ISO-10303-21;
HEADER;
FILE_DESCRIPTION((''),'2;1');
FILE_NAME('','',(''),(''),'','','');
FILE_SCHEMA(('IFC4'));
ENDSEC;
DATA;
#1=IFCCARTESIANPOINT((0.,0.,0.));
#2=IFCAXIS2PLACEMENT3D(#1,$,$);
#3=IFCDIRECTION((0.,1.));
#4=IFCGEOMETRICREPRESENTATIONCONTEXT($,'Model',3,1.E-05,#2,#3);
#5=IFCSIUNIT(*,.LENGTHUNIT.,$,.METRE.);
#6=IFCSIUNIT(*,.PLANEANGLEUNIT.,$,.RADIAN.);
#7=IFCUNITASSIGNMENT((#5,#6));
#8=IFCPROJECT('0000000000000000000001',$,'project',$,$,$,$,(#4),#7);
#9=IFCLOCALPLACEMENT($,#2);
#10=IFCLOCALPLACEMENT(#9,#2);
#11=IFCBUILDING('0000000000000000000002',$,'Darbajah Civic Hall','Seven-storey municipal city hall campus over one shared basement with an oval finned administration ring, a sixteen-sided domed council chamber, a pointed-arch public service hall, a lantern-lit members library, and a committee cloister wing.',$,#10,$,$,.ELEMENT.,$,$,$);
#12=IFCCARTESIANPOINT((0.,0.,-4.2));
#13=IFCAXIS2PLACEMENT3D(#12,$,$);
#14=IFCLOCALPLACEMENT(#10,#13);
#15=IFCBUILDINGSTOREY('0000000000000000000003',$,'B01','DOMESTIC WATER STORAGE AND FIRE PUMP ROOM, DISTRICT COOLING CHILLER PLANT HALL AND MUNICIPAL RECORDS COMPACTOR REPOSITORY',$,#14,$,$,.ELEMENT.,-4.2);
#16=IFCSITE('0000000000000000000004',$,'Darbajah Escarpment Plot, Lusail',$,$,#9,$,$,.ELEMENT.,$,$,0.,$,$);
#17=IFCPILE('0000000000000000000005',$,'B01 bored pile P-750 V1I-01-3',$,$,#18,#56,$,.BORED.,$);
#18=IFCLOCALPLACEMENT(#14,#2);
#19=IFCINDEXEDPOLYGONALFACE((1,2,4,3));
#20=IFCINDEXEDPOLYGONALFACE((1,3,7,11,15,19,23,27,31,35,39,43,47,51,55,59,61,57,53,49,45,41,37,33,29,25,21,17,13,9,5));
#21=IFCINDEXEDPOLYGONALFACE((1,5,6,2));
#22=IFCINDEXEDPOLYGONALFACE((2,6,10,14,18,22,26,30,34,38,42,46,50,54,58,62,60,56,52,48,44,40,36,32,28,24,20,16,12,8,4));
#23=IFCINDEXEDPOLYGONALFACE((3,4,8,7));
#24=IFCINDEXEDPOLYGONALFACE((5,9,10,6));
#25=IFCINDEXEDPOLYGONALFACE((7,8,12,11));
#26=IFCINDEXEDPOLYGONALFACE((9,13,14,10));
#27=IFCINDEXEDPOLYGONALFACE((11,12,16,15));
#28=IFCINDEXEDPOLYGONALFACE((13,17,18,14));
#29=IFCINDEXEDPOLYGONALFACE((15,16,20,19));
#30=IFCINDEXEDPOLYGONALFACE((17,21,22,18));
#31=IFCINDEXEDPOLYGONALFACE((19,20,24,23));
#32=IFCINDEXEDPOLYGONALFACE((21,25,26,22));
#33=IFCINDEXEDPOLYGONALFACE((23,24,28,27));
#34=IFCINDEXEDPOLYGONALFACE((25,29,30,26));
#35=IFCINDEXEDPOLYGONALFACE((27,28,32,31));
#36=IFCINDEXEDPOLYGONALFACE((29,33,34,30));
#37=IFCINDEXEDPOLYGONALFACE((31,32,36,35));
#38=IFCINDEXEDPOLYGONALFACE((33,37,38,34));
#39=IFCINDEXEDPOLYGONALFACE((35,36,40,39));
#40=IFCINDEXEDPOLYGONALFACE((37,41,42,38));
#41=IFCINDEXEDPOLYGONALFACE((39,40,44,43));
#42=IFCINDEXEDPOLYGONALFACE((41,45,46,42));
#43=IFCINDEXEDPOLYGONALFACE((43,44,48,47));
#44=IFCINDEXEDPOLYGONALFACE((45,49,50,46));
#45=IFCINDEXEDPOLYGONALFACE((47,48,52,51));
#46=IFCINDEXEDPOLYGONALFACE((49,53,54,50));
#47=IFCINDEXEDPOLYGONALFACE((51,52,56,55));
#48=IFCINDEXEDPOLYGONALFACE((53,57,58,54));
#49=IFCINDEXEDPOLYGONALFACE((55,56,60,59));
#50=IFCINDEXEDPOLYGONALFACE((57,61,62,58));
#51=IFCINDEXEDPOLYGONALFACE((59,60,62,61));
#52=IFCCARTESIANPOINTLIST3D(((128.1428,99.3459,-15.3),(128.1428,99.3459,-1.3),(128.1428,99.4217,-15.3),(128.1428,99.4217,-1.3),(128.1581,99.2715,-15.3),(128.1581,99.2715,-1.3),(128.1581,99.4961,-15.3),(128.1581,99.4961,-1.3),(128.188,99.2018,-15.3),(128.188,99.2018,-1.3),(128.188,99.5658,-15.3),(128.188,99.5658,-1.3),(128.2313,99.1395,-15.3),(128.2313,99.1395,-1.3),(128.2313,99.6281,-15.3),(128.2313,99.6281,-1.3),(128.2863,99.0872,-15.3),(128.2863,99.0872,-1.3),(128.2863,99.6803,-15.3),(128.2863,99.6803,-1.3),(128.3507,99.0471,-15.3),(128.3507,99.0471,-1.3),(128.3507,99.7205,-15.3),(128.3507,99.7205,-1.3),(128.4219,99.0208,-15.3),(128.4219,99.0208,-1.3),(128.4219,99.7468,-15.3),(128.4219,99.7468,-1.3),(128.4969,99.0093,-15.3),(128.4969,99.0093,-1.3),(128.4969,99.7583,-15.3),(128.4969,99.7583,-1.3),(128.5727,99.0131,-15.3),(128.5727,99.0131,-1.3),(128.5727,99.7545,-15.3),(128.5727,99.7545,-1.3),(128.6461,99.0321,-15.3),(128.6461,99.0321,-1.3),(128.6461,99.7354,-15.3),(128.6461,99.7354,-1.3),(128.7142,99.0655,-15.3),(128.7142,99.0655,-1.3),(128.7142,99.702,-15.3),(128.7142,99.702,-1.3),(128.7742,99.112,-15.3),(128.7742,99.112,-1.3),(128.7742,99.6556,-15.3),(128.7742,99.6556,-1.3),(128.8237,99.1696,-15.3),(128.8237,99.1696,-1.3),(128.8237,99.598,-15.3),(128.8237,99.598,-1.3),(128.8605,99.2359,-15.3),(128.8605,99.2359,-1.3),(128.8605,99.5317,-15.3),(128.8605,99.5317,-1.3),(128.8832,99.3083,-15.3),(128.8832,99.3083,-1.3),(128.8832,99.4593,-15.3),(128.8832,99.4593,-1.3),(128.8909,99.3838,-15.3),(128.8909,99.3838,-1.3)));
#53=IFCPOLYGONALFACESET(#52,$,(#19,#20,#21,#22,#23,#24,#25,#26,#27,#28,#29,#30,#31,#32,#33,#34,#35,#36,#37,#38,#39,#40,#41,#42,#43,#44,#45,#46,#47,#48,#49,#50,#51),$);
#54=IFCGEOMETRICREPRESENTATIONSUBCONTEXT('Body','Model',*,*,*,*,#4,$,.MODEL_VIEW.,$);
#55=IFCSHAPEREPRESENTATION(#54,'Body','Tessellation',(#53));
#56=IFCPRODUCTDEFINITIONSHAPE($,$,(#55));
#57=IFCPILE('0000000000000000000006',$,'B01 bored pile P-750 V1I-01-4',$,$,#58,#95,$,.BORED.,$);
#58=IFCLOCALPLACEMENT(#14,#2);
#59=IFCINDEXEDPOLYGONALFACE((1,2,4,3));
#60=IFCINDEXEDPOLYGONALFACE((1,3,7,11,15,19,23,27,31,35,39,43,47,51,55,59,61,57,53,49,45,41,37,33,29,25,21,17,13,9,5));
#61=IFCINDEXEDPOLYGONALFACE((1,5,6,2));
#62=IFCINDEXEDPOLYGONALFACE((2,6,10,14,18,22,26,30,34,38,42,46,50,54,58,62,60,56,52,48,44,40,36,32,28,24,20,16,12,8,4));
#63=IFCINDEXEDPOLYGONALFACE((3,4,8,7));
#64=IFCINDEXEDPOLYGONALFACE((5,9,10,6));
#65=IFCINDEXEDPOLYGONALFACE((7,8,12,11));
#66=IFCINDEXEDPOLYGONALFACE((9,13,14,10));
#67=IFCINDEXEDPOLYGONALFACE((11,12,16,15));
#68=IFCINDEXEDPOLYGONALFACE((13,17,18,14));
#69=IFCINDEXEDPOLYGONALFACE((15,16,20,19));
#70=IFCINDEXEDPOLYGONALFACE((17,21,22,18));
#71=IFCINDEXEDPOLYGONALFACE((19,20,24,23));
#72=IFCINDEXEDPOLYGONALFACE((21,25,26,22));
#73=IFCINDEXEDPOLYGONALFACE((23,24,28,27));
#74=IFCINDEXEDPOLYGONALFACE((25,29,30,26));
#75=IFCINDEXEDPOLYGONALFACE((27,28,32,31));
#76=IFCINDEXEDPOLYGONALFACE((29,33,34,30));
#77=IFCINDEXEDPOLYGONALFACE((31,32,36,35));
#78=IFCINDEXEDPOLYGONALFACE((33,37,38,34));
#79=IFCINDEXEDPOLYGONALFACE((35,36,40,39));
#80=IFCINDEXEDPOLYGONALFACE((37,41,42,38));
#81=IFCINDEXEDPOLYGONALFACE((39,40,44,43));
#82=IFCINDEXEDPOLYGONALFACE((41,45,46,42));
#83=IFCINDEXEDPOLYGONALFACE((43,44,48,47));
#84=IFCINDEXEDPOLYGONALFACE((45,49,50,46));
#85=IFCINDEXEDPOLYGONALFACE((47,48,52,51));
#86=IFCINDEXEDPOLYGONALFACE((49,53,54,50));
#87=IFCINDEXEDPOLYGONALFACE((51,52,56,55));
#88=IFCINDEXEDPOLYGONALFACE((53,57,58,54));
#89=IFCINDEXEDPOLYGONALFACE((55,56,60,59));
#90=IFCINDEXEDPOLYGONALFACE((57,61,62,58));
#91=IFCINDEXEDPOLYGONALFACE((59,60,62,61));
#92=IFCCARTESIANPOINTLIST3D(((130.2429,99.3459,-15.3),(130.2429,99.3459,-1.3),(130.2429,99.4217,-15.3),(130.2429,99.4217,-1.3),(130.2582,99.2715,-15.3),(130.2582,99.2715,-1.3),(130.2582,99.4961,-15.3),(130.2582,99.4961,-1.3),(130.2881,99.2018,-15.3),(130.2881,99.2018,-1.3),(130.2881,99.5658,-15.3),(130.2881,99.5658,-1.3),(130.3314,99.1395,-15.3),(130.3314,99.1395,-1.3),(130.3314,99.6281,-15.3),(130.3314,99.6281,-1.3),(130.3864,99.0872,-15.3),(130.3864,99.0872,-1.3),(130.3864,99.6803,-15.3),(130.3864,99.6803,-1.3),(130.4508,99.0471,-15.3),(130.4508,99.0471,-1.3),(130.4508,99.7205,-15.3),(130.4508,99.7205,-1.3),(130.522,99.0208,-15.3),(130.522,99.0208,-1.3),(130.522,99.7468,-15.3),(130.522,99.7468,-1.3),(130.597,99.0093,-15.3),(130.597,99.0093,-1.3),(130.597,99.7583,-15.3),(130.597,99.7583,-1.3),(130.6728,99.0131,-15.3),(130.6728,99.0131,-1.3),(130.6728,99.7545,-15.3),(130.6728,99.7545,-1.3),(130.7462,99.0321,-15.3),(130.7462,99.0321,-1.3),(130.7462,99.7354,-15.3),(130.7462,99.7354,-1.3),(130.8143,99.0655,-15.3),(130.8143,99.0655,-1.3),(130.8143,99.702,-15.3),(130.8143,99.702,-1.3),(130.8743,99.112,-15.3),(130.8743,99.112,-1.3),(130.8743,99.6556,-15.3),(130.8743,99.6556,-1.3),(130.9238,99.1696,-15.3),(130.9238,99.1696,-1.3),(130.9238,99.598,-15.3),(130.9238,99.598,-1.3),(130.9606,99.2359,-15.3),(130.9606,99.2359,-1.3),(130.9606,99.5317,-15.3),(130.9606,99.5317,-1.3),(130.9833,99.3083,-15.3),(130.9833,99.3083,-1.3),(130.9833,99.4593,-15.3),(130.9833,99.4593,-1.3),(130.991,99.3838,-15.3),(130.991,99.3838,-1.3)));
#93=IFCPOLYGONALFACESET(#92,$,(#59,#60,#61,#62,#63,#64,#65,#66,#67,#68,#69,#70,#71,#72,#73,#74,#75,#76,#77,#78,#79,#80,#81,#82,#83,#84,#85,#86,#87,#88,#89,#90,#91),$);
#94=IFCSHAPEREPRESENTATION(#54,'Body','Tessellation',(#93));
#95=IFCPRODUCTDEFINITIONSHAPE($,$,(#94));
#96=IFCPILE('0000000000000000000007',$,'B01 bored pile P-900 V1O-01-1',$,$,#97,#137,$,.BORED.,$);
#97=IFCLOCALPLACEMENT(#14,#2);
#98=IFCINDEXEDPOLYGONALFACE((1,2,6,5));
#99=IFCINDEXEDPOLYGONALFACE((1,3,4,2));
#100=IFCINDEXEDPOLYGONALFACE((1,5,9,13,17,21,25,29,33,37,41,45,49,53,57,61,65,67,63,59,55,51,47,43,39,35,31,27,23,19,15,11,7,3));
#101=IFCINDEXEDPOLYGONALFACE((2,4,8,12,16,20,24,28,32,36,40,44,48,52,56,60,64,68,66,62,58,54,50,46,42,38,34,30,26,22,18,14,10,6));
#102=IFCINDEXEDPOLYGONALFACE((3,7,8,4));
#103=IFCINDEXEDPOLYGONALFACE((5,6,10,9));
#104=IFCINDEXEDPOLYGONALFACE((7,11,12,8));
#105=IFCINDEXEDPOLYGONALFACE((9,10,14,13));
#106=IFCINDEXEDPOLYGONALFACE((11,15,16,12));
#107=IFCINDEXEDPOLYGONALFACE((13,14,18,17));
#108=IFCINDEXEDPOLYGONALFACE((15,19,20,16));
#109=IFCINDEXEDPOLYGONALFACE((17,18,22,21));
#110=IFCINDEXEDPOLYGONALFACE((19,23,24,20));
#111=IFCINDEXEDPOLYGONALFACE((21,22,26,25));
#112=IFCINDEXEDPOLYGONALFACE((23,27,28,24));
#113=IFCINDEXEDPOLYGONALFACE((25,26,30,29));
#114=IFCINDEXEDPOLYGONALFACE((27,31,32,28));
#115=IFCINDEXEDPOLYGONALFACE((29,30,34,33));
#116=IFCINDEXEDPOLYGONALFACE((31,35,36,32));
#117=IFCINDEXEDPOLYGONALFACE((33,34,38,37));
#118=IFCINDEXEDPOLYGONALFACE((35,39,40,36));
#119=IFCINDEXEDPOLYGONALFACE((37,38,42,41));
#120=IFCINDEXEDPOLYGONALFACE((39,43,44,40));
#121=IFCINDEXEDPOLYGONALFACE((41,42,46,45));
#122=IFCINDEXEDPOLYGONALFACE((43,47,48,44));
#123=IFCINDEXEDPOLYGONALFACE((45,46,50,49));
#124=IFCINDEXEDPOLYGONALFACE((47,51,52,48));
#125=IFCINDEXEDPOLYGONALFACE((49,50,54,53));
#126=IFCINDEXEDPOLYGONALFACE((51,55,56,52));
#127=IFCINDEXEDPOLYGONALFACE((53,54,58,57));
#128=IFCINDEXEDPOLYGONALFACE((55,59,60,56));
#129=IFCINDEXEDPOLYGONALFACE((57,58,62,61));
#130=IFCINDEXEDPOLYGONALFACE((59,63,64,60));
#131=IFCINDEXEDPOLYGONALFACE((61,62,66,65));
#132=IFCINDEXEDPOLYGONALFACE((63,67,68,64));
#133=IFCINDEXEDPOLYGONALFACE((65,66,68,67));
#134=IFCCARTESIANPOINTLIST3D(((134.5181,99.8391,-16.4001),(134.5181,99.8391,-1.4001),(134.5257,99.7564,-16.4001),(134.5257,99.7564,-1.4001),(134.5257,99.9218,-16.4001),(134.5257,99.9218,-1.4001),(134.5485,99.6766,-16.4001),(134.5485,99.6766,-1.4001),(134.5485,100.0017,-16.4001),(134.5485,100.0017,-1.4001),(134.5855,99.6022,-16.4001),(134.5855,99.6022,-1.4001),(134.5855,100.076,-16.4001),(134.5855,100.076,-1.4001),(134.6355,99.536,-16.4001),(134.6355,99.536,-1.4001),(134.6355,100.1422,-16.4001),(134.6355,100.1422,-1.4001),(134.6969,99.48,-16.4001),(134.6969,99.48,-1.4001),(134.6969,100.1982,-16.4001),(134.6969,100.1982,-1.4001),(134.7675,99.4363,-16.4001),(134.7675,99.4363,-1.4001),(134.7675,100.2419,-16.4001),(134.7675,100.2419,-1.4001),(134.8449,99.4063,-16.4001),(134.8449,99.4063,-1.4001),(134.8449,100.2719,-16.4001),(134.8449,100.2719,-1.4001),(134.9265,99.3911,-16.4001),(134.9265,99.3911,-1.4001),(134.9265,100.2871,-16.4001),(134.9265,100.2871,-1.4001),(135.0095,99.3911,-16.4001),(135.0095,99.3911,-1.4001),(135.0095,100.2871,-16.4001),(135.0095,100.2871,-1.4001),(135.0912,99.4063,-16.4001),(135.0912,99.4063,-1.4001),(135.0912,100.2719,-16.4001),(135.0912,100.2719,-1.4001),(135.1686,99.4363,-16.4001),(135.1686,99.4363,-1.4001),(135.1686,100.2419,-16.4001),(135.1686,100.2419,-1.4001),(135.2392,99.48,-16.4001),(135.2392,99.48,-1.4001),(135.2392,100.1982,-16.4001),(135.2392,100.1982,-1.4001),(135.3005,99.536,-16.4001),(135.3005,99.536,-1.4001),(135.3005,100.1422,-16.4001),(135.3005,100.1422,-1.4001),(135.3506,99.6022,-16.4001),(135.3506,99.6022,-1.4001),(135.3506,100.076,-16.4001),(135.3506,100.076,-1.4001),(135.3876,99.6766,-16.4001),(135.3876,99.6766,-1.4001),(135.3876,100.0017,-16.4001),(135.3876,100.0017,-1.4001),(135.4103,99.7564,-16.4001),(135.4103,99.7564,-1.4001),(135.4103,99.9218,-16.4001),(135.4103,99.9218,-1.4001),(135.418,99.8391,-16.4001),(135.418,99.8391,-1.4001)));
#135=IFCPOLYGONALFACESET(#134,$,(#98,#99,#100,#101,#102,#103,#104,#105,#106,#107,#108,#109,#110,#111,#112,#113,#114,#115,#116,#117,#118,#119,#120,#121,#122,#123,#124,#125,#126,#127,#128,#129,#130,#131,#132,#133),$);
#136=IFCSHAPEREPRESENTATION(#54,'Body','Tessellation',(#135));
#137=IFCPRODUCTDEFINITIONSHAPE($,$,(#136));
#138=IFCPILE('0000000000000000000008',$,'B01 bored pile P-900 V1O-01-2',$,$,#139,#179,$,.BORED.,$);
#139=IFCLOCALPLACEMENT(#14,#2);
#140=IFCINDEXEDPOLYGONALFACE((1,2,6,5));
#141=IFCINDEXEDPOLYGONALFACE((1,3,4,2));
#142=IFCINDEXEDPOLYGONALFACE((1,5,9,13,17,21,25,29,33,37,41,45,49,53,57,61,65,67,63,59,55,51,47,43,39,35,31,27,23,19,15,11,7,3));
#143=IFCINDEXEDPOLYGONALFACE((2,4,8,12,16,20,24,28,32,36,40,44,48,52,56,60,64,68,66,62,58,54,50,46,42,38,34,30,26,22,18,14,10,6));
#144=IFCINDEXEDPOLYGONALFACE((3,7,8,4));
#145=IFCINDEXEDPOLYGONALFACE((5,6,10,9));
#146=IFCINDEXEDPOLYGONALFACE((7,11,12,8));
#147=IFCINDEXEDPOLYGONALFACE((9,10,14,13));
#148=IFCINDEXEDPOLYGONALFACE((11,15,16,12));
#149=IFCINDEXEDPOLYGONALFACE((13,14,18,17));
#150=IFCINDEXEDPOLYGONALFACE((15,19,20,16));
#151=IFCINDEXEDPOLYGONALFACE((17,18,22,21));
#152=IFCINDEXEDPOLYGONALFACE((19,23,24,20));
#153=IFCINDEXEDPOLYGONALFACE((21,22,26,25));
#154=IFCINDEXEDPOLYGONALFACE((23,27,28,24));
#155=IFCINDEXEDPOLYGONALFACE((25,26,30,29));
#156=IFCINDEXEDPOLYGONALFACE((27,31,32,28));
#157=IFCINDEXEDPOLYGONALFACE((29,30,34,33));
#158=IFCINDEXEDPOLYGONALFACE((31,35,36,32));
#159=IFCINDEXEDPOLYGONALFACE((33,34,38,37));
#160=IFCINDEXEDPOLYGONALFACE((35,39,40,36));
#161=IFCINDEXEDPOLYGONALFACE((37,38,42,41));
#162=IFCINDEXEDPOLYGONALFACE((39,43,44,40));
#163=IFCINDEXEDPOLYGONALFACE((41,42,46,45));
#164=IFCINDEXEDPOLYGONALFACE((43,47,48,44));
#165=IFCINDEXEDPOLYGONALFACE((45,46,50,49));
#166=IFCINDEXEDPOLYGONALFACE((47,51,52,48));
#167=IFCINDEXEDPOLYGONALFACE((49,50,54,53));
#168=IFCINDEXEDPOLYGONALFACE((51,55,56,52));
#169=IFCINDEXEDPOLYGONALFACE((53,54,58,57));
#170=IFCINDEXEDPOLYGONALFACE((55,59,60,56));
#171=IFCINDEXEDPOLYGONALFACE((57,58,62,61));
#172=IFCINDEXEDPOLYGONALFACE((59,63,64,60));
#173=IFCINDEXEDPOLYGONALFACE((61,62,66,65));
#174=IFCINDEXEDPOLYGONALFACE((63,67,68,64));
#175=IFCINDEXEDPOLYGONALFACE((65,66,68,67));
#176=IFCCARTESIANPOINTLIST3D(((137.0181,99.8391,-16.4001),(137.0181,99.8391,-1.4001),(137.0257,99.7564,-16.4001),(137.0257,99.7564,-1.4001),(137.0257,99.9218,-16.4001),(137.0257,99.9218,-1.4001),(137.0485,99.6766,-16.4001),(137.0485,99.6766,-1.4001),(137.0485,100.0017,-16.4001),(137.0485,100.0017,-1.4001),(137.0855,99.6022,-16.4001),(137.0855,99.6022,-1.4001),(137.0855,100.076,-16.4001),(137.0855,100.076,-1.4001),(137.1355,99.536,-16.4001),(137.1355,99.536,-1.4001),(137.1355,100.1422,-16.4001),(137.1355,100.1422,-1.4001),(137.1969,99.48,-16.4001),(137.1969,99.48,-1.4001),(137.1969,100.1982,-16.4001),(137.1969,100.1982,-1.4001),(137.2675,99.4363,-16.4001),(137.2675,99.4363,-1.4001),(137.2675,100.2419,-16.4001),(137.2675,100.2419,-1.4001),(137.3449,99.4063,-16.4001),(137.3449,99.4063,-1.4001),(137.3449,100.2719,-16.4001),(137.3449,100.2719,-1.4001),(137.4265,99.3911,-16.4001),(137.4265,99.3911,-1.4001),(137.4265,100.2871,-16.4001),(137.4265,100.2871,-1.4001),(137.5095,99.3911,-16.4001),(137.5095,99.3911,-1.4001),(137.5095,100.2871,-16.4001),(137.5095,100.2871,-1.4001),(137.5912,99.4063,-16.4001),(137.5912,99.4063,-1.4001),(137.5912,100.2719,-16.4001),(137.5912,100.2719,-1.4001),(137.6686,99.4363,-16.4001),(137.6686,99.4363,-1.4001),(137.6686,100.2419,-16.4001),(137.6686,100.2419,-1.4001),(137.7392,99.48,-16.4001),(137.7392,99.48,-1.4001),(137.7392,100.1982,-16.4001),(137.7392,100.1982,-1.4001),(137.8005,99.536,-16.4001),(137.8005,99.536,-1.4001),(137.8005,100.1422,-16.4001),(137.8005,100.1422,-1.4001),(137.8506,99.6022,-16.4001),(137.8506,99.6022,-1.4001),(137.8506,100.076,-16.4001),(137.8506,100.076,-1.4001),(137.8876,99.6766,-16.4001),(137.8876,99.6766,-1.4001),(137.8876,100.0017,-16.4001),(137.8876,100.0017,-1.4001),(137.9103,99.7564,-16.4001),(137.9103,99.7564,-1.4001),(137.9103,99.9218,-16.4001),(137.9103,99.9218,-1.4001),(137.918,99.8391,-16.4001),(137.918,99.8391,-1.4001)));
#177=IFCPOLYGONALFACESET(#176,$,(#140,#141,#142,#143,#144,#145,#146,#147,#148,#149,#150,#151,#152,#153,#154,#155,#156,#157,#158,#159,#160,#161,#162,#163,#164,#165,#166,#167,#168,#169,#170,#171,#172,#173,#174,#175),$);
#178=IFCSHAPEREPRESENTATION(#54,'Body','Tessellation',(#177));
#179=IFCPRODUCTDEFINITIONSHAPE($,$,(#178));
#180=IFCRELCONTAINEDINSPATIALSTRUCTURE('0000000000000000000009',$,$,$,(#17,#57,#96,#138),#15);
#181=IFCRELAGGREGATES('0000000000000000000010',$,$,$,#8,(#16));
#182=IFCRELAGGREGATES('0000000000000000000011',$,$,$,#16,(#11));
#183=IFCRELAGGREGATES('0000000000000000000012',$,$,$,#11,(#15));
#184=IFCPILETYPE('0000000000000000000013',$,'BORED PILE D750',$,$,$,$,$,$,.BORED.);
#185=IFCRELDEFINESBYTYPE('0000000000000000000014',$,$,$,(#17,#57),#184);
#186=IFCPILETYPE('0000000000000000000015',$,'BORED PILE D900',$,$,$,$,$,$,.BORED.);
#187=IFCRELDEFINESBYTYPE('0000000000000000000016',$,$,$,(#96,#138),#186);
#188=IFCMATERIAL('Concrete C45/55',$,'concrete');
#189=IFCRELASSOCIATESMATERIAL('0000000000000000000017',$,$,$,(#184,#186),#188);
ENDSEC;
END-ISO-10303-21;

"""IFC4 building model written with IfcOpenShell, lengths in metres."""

from ifc_helpers import new_model, si_unit, direction, frame, origin, origin_2d, place, context, subcontext, project, spatial, circle, extrude, material, material_profile, profile_set, type_object, element, save


model = new_model("IFC4")

# Units and contexts
model_context = context("Model", 3, precision=1e-05, world=origin(), true_north=direction((0.0, 1.0)))
body_context = subcontext(model_context, "Body", "Model", "MODEL_VIEW")
ifc_project = project(units=[si_unit("LENGTHUNIT", "METRE"), si_unit("PLANEANGLEUNIT", "RADIAN")], contexts=[model_context])

# Site, building, storey
site_placement = place(None, origin())
site = spatial("IfcSite", under=ifc_project, at=site_placement, Name="Darbajah Escarpment Plot, Lusail", CompositionType="ELEMENT", RefElevation=0.0)
building_placement = place(site_placement, origin())
building = spatial("IfcBuilding", under=site, at=building_placement, Name="Darbajah Civic Hall", Description="Seven-storey municipal city hall campus over one shared basement with an oval finned administration ring, a sixteen-sided domed council chamber, a pointed-arch public service hall, a lantern-lit members library, and a committee cloister wing.", CompositionType="ELEMENT")
storey_placement = place(building_placement, frame((0.0, 0.0, -4.2)))
storey = spatial("IfcBuildingStorey", under=building, at=storey_placement, Name="B01", Description="DOMESTIC WATER STORAGE AND FIRE PUMP ROOM, DISTRICT COOLING CHILLER PLANT HALL AND MUNICIPAL RECORDS COMPACTOR REPOSITORY", CompositionType="ELEMENT", Elevation=-4.2)

# Piles
ifc_material_1 = material(Name="Concrete C45/55", Category="concrete")
ifc_material_profile_1 = material_profile(ifc_material_1, circle(Radius=0.375, at=origin_2d()), Name="BORED PILE D750")
ifc_profile_set_1 = profile_set([ifc_material_profile_1], Name="Concrete C45/55")
pile_type_1 = type_object("IfcPileType", Name="BORED PILE D750", PredefinedType="BORED", material=ifc_profile_set_1)
for number, where, z_axis, x_axis, name in (
    (1, (128.5159, 99.3838, -1.3), (0.0, 0.0, -1.0), (1.0, 0.0, 0.0), "B01 bored pile P-750 V1I-01-3"),
    (2, (130.616, 99.3838, -1.3), (0.0, 0.0, -1.0), (1.0, 0.0, 0.0), "B01 bored pile P-750 V1I-01-4"),
):
    element("IfcPile", number, at=place(storey_placement, frame(where, z_axis=z_axis, x_axis=x_axis)), inside=storey, type_object=pile_type_1, Name=name, PredefinedType="BORED", context=body_context, shape_type="SweptSolid", body=[
        extrude(circle(Radius=0.375, at=origin_2d()), origin(), (0.0, 0.0, 1.0), 14.0),
    ])
ifc_material_profile_2 = material_profile(ifc_material_1, circle(Radius=0.45, at=origin_2d()), Name="BORED PILE D900")
ifc_profile_set_2 = profile_set([ifc_material_profile_2], Name="Concrete C45/55")
pile_type_2 = type_object("IfcPileType", Name="BORED PILE D900", PredefinedType="BORED", material=ifc_profile_set_2)
for number, where, z_axis, x_axis, name in (
    (3, (134.968, 99.8391, -1.4001), (0.0, 0.0, -1.0), (1.0, 0.0, 0.0), "B01 bored pile P-900 V1O-01-1"),
    (4, (137.468, 99.8391, -1.4001), (0.0, 0.0, -1.0), (1.0, 0.0, 0.0), "B01 bored pile P-900 V1O-01-2"),
):
    element("IfcPile", number, at=place(storey_placement, frame(where, z_axis=z_axis, x_axis=x_axis)), inside=storey, type_object=pile_type_2, Name=name, PredefinedType="BORED", context=body_context, shape_type="SweptSolid", body=[
        extrude(circle(Radius=0.45, at=origin_2d()), origin(), (0.0, 0.0, 1.0), 15.0),
    ])

save(model, "model.ifc")
